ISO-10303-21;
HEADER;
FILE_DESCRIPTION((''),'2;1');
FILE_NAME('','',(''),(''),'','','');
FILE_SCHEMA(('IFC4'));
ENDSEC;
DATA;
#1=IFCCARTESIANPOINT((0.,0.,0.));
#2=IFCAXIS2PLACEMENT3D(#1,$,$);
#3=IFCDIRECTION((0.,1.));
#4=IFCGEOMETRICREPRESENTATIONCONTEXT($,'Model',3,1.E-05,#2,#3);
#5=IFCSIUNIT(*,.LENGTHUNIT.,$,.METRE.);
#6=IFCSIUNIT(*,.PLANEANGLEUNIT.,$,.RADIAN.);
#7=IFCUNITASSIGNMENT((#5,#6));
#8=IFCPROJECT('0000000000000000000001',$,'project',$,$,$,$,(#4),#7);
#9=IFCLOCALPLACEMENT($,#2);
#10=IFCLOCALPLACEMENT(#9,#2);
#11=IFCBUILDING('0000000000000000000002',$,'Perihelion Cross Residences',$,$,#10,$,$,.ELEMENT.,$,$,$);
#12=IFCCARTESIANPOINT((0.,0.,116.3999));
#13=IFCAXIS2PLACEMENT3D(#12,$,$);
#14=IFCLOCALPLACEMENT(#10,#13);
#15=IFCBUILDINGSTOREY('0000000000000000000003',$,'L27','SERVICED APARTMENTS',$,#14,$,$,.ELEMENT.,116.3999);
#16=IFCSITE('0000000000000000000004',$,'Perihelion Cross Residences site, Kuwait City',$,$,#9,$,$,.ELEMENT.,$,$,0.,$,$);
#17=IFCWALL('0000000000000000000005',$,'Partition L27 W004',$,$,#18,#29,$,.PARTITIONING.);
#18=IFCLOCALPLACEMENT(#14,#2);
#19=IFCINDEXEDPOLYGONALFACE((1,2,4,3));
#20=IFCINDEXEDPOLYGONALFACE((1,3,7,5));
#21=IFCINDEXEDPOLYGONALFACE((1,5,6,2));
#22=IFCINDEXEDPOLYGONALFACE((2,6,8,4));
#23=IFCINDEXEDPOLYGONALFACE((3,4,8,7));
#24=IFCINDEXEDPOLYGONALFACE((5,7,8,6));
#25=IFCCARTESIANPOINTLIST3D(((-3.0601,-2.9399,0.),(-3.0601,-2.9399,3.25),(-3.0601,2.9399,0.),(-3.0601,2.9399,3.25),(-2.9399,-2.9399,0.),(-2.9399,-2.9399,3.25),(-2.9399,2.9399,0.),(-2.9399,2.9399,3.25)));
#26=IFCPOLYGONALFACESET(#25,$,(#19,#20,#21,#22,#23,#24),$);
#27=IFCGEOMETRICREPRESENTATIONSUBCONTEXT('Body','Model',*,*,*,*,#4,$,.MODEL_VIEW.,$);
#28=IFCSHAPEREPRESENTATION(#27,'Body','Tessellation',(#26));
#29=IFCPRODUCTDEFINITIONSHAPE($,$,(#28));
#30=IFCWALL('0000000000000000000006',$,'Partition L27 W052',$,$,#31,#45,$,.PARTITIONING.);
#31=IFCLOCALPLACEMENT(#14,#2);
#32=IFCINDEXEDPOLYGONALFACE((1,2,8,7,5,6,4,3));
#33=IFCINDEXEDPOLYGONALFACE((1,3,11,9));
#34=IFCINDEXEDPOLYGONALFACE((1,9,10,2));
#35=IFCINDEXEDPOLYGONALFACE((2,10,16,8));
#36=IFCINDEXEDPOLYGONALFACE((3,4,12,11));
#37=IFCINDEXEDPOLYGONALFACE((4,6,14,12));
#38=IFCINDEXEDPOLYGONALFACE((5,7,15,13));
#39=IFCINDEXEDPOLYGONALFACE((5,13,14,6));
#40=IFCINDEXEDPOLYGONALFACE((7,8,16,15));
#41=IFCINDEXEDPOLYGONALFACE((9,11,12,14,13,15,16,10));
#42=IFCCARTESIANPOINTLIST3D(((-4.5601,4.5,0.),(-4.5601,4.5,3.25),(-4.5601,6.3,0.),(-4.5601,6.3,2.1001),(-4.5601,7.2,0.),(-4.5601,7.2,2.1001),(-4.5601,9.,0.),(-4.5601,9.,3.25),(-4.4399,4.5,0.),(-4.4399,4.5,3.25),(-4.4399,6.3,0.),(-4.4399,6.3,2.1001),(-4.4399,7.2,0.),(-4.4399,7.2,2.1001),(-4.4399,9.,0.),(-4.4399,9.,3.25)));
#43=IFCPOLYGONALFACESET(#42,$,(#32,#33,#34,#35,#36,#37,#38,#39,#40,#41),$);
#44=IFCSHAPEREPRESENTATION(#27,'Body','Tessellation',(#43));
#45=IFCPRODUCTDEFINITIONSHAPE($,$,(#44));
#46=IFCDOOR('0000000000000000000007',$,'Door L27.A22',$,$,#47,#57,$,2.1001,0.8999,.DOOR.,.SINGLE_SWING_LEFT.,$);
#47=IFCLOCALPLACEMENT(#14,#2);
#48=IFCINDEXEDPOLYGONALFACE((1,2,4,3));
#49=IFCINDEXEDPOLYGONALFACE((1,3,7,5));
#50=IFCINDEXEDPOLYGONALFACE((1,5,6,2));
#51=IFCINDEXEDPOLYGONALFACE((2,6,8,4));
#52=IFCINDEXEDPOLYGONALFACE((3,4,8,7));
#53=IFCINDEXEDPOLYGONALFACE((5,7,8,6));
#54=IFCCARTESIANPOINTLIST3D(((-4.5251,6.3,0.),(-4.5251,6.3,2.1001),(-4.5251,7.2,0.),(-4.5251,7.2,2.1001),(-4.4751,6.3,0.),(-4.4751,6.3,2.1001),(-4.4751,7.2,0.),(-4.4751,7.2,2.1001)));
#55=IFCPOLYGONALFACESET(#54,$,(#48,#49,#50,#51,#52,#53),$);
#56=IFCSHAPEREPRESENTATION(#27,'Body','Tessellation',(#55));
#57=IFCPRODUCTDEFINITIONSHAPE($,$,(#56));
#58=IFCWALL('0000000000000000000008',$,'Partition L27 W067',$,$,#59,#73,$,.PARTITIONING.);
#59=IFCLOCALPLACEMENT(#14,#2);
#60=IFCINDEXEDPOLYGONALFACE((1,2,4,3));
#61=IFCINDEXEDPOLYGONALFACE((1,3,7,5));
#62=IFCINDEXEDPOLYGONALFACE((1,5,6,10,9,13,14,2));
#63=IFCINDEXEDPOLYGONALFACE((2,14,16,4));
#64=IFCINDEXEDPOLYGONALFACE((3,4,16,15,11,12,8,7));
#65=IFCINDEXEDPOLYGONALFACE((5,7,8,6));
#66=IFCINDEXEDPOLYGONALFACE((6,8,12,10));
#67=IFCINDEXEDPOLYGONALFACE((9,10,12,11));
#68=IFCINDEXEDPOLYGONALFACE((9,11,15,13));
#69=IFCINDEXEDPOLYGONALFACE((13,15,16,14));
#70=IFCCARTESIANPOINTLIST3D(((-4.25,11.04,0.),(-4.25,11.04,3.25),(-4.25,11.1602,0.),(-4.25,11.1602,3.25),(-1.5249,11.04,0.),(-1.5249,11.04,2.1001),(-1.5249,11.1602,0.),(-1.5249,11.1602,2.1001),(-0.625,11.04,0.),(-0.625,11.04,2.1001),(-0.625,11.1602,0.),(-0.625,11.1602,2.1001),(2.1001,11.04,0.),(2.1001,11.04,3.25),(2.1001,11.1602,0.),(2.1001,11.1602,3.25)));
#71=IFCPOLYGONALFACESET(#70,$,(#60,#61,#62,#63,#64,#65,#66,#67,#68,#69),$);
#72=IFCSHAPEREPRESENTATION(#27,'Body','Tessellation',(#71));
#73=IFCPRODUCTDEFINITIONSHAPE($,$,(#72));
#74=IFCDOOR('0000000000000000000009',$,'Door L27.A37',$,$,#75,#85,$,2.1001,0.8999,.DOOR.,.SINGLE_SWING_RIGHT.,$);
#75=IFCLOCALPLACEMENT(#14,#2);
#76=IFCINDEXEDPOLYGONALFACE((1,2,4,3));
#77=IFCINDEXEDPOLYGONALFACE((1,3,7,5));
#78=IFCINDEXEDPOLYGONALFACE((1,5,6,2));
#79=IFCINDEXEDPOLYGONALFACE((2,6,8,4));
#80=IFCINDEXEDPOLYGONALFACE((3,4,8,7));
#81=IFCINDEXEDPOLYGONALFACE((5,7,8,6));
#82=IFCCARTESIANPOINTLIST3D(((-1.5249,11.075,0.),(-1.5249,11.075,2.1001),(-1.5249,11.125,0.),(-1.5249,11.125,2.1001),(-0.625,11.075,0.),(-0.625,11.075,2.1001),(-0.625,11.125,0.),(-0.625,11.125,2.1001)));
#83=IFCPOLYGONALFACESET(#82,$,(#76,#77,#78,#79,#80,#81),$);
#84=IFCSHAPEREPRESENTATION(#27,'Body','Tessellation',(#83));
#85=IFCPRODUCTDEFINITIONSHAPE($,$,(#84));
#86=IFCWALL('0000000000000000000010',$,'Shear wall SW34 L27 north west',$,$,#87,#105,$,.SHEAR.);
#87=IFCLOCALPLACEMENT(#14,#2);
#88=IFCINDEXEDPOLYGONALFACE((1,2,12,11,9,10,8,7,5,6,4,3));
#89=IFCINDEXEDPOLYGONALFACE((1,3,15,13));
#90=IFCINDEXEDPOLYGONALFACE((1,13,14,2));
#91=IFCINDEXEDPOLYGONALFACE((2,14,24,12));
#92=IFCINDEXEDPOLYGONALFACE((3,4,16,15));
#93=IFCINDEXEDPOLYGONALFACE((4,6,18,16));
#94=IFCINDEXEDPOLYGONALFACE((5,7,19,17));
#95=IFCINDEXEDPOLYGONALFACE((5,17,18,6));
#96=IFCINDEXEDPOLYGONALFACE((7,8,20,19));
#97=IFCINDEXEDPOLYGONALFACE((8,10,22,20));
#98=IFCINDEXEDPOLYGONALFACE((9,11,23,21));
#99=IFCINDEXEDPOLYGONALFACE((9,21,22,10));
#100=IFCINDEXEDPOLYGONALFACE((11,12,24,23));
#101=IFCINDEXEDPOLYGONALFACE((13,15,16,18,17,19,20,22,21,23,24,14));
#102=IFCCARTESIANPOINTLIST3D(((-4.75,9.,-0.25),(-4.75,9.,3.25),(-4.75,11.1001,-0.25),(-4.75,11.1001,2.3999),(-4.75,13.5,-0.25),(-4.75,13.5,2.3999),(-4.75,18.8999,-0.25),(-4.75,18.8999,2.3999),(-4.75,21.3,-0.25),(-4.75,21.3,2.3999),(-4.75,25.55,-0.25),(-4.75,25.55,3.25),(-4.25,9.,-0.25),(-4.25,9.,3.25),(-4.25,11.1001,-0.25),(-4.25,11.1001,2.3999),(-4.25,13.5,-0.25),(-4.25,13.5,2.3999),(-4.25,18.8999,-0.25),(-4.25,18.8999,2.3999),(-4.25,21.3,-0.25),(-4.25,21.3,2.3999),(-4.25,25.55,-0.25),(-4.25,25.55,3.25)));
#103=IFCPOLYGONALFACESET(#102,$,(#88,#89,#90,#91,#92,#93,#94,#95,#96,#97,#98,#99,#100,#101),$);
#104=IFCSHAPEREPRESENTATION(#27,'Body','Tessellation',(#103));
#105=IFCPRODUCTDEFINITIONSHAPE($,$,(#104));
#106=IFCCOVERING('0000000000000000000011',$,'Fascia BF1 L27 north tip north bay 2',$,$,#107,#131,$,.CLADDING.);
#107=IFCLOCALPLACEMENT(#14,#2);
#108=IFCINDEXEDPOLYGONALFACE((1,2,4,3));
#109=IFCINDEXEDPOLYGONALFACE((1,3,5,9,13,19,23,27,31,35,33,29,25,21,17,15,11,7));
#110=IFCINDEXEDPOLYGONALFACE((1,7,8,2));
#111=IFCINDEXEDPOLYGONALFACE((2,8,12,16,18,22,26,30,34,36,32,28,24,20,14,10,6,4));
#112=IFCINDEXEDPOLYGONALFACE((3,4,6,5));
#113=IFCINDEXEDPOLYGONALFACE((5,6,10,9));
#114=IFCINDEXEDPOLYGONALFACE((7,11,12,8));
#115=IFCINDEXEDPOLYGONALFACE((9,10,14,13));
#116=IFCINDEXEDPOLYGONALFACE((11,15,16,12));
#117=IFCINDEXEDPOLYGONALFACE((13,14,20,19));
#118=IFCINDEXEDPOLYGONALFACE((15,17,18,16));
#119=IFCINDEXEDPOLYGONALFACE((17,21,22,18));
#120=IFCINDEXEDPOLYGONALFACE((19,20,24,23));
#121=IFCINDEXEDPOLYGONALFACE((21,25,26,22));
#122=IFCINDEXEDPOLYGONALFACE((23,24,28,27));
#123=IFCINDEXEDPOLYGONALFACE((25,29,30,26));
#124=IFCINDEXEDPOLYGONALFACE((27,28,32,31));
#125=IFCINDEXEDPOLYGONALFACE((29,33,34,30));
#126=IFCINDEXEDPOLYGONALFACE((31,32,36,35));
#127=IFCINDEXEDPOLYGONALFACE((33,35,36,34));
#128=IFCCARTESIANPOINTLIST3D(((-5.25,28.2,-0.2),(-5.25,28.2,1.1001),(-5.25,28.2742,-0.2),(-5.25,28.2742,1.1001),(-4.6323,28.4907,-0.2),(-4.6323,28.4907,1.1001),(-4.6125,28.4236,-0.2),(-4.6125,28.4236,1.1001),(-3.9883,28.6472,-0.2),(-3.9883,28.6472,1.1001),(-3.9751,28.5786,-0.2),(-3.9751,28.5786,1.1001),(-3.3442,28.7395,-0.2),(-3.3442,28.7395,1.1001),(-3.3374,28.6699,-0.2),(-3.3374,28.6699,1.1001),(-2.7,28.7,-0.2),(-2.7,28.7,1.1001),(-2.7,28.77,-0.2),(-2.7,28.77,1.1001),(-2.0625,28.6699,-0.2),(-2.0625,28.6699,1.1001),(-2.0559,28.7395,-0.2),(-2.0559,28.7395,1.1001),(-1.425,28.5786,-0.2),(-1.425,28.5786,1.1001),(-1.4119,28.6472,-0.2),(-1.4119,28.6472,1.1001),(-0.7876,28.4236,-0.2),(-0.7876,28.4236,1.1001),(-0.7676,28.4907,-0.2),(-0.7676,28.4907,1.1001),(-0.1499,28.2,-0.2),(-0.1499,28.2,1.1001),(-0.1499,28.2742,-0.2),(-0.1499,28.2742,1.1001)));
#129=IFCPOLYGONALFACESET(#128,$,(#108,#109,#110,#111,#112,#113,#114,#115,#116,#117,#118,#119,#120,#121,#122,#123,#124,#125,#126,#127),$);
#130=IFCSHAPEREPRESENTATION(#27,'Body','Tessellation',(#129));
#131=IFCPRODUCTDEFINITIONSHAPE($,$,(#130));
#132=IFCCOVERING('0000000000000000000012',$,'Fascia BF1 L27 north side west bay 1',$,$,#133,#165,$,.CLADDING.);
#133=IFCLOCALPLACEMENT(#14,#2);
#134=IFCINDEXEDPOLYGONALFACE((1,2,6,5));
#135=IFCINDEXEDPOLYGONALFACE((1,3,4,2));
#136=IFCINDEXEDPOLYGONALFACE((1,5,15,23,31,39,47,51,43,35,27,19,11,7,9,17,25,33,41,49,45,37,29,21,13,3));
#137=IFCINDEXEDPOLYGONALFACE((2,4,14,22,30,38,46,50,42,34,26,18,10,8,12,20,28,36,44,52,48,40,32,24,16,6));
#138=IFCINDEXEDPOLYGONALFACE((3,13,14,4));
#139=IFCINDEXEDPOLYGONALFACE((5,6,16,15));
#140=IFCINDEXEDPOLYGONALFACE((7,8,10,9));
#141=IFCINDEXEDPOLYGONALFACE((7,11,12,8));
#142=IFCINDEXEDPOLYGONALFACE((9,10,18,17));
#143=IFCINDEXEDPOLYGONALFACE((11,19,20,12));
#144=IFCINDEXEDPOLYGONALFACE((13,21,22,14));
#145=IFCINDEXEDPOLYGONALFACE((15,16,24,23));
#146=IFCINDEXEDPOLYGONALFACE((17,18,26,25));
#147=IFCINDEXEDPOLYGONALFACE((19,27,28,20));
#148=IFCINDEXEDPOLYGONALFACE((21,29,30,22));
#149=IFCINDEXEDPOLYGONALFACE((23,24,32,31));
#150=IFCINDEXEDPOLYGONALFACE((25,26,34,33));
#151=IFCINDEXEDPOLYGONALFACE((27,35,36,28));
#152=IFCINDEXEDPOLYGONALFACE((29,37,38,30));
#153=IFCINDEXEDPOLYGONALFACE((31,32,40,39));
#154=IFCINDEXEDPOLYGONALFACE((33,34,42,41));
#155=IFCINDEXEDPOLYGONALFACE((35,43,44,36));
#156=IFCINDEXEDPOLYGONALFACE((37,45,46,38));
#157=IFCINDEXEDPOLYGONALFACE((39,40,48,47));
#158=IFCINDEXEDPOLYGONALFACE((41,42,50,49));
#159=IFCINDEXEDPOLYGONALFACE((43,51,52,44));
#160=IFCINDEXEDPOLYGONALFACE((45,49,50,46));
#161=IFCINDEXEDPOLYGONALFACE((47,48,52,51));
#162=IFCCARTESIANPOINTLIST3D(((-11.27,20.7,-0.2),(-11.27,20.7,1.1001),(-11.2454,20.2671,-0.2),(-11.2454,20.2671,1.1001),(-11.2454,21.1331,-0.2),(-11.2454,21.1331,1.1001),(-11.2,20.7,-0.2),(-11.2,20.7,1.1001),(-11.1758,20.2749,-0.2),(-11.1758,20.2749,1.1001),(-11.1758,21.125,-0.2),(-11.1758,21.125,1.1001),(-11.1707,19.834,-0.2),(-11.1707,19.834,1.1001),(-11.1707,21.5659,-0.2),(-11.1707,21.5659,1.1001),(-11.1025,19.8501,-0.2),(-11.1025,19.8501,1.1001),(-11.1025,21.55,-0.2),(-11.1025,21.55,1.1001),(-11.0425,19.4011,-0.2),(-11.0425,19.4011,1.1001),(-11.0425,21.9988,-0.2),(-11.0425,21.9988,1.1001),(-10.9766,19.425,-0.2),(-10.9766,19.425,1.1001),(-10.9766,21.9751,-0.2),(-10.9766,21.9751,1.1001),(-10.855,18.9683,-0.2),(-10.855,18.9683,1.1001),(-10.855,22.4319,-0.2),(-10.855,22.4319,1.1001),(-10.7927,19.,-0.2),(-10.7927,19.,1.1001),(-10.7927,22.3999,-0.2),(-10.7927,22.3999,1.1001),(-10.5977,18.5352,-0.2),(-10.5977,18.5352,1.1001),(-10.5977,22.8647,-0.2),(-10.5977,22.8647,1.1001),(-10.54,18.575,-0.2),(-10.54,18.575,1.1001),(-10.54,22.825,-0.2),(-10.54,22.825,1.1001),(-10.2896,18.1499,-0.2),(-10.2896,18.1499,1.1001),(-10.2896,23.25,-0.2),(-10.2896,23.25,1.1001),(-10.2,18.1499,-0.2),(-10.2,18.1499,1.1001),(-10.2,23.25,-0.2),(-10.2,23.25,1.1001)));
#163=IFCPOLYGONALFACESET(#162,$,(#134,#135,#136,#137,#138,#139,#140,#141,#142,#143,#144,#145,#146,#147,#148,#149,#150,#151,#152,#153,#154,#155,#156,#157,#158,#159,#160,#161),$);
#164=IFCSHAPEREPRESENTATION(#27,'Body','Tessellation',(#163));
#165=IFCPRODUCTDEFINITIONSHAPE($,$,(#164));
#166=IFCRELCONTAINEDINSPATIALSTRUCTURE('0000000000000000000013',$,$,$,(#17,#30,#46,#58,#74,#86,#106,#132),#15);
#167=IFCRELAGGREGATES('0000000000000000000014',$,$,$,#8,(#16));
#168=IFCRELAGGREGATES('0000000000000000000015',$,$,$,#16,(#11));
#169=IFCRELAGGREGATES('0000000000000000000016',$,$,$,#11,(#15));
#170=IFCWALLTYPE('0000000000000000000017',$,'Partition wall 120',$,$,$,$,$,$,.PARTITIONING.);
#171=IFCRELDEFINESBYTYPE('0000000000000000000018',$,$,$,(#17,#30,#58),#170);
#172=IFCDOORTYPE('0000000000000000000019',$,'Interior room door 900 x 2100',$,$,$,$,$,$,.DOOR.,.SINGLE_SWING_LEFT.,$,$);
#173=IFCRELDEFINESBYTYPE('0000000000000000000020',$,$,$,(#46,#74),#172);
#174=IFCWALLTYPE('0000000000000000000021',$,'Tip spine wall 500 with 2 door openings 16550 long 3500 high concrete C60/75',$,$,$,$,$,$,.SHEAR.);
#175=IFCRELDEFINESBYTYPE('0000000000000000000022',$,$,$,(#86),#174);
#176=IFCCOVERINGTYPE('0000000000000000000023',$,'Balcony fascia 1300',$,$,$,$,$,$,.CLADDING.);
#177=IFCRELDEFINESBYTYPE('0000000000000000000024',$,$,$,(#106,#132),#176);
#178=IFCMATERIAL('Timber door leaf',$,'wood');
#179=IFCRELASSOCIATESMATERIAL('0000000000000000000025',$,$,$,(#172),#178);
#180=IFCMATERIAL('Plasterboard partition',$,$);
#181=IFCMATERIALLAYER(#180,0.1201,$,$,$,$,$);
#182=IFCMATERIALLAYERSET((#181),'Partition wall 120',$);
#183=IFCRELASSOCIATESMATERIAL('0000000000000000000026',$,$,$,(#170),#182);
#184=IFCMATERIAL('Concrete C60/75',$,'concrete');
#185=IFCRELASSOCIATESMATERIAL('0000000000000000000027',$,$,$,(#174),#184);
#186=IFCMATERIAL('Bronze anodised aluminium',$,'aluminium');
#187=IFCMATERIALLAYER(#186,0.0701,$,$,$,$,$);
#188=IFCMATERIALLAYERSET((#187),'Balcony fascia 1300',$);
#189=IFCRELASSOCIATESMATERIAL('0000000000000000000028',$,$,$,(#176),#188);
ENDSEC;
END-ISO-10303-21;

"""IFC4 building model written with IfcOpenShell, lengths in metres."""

from ifc_helpers import new_model, si_unit, direction, frame, frame_2d, origin, place, context, subcontext, project, spatial, polyline, rectangle, outline, extrude, material, layer, layer_set, material_profile, profile_set, type_object, element, fill, save


model = new_model("IFC4")

# Units and contexts
model_context = context("Model", 3, precision=1e-05, world=origin(), true_north=direction((0.0, 1.0)))
body_context = subcontext(model_context, "Body", "Model", "MODEL_VIEW")
ifc_project = project(units=[si_unit("LENGTHUNIT", "METRE"), si_unit("PLANEANGLEUNIT", "RADIAN")], contexts=[model_context])

# Site, building, storey
site_placement = place(None, origin())
site = spatial("IfcSite", under=ifc_project, at=site_placement, Name="Perihelion Cross Residences site, Kuwait City", CompositionType="ELEMENT", RefElevation=0.0)
building_placement = place(site_placement, origin())
building = spatial("IfcBuilding", under=site, at=building_placement, Name="Perihelion Cross Residences", CompositionType="ELEMENT")
storey_placement = place(building_placement, frame((0.0, 0.0, 116.3999)))
storey = spatial("IfcBuildingStorey", under=building, at=storey_placement, Name="L27", Description="SERVICED APARTMENTS", CompositionType="ELEMENT", Elevation=116.3999)

# Shared definitions
ifc_material_1 = material(Name="Timber door leaf", Category="wood")
door_type_1 = type_object("IfcDoorType", Name="Interior room door 900 x 2100", OperationType="SINGLE_SWING_LEFT", PredefinedType="DOOR", material=ifc_material_1)

# Wall
ifc_material_2 = material(Name="Plasterboard partition")
ifc_layer_1 = layer(ifc_material_2, 0.1201)
ifc_layer_set_1 = layer_set([ifc_layer_1], Name="Partition wall 120")
wall_type_1 = type_object("IfcWallType", Name="Partition wall 120", PredefinedType="PARTITIONING", material=ifc_layer_set_1)
wall_1_placement = place(storey_placement, frame((-3.0, 2.9399, 0.0), z_axis=(0.0, 0.0, 1.0), x_axis=(0.0, -1.0, 0.0)))
element("IfcWall", 1, at=wall_1_placement, inside=storey, type_object=wall_type_1, Name="Partition L27 W004", PredefinedType="PARTITIONING", context=body_context, shape_type="SweptSolid", body=[
    extrude(rectangle(XDim=5.8799, YDim=0.1201, at=frame_2d((2.9399, 0.0))), origin(), (0.0, 0.0, 1.0), 3.25),
])

# Walls, openings, doors
wall_2_placement = place(storey_placement, frame((-4.5, 9.0, 0.0), z_axis=(0.0, 0.0, 1.0), x_axis=(0.0, -1.0, 0.0)))
wall_2 = element("IfcWall", 2, at=wall_2_placement, inside=storey, type_object=wall_type_1, Name="Partition L27 W052", PredefinedType="PARTITIONING", context=body_context, shape_type="SweptSolid", body=[
    extrude(rectangle(XDim=4.5, YDim=0.1201, at=frame_2d((2.25, 0.0))), origin(), (0.0, 0.0, 1.0), 3.25),
])
opening_1_placement = place(wall_2_placement, frame((1.8, 0.0, 0.0)))
opening_1 = element("IfcOpeningElement", 3, at=opening_1_placement, cuts=wall_2, PredefinedType="OPENING", context=body_context, shape_type="SweptSolid", body=[
    extrude(rectangle(XDim=0.8999, YDim=2.1001, at=frame_2d((0.45, 1.05))), frame((0.0, 0.0701, 0.0), z_axis=(0.0, -1.0, 0.0), x_axis=(1.0, 0.0, 0.0)), (0.0, 0.0, 1.0), 0.1401),
])
door_1_placement = place(opening_1_placement, origin())
door_1 = element("IfcDoor", 4, at=door_1_placement, inside=storey, type_object=door_type_1, Name="Door L27.A22", OperationType="SINGLE_SWING_LEFT", OverallHeight=2.1001, OverallWidth=0.8999, PredefinedType="DOOR", context=body_context, shape_type="SweptSolid", body=[
    extrude(rectangle(XDim=0.8999, YDim=2.1001, at=frame_2d((0.45, 1.05))), frame((0.0, 0.0249, 0.0), z_axis=(0.0, -1.0, 0.0), x_axis=(1.0, 0.0, 0.0)), (0.0, 0.0, 1.0), 0.05),
])
fill(opening_1, door_1)
wall_3_placement = place(storey_placement, frame((-4.25, 11.1001, 0.0), z_axis=(0.0, 0.0, 1.0), x_axis=(1.0, 0.0, 0.0)))
wall_3 = element("IfcWall", 5, at=wall_3_placement, inside=storey, type_object=wall_type_1, Name="Partition L27 W067", PredefinedType="PARTITIONING", context=body_context, shape_type="SweptSolid", body=[
    extrude(rectangle(XDim=6.3501, YDim=0.1201, at=frame_2d((3.175, 0.0))), origin(), (0.0, 0.0, 1.0), 3.25),
])
opening_2_placement = place(wall_3_placement, frame((2.7251, 0.0, 0.0)))
opening_2 = element("IfcOpeningElement", 6, at=opening_2_placement, cuts=wall_3, PredefinedType="OPENING", context=body_context, shape_type="SweptSolid", body=[
    extrude(rectangle(XDim=0.8999, YDim=2.1001, at=frame_2d((0.45, 1.05))), frame((0.0, 0.0701, 0.0), z_axis=(0.0, -1.0, 0.0), x_axis=(1.0, 0.0, 0.0)), (0.0, 0.0, 1.0), 0.1401),
])
door_2_placement = place(opening_2_placement, origin())
door_2 = element("IfcDoor", 7, at=door_2_placement, inside=storey, type_object=door_type_1, Name="Door L27.A37", OperationType="SINGLE_SWING_RIGHT", OverallHeight=2.1001, OverallWidth=0.8999, PredefinedType="DOOR", context=body_context, shape_type="SweptSolid", body=[
    extrude(rectangle(XDim=0.8999, YDim=2.1001, at=frame_2d((0.45, 1.05))), frame((0.0, 0.0249, 0.0), z_axis=(0.0, -1.0, 0.0), x_axis=(1.0, 0.0, 0.0)), (0.0, 0.0, 1.0), 0.05),
])
fill(opening_2, door_2)

# Wall
ifc_material_3 = material(Name="Concrete C60/75", Category="concrete")
ifc_material_profile_1 = material_profile(ifc_material_3, outline(polyline([(0.0, 0.0), (2.1001, 0.0), (2.1001, 2.6499), (4.5, 2.6499), (4.5, 0.0), (9.8999, 0.0), (9.8999, 2.6499), (12.3, 2.6499), (12.3, 0.0), (16.55, 0.0), (16.55, 3.5), (0.0, 3.5), (0.0, 0.0)])), Name="Tip spine wall")
ifc_profile_set_1 = profile_set([ifc_material_profile_1], Name="Concrete C60/75")
wall_type_2 = type_object("IfcWallType", Name="Tip spine wall 500 with 2 door openings 16550 long 3500 high concrete C60/75", PredefinedType="SHEAR", material=ifc_profile_set_1)
wall_4_placement = place(storey_placement, frame((-4.75, 9.0, -0.25), z_axis=(1.0, 0.0, 0.0), x_axis=(0.0, 1.0, 0.0)))
element("IfcWall", 8, at=wall_4_placement, inside=storey, type_object=wall_type_2, Name="Shear wall SW34 L27 north west", PredefinedType="SHEAR", context=body_context, shape_type="SweptSolid", body=[
    extrude(outline(polyline([(0.0, 0.0), (2.1001, 0.0), (2.1001, 2.6499), (4.5, 2.6499), (4.5, 0.0), (9.8999, 0.0), (9.8999, 2.6499), (12.3, 2.6499), (12.3, 0.0), (16.55, 0.0), (16.55, 3.5), (0.0, 3.5), (0.0, 0.0)])), origin(), (0.0, 0.0, 1.0), 0.5),
])

# Coverings
ifc_material_4 = material(Name="Bronze anodised aluminium", Category="aluminium")
ifc_layer_2 = layer(ifc_material_4, 0.0701)
ifc_layer_set_2 = layer_set([ifc_layer_2], Name="Balcony fascia 1300")
covering_type = type_object("IfcCoveringType", Name="Balcony fascia 1300", PredefinedType="CLADDING", material=ifc_layer_set_2)
covering_1_placement = place(storey_placement, frame((0.0, 0.0, -0.2)))
element("IfcCovering", 9, at=covering_1_placement, inside=storey, type_object=covering_type, Name="Fascia BF1 L27 north tip north bay 2", PredefinedType="CLADDING", context=body_context, shape_type="SweptSolid", body=[
    extrude(outline(polyline([(-0.7676, 28.4907), (-1.4119, 28.6472), (-2.0559, 28.7395), (-2.7, 28.77), (-3.3442, 28.7395), (-3.9883, 28.6472), (-4.6323, 28.4907), (-5.25, 28.2742), (-5.25, 28.2), (-4.6125, 28.4236), (-3.9751, 28.5786), (-3.3374, 28.6699), (-2.7, 28.7), (-2.0625, 28.6699), (-1.425, 28.5786), (-0.7876, 28.4236), (-0.1499, 28.2), (-0.1499, 28.2742), (-0.7676, 28.4907)])), origin(), (0.0, 0.0, 1.0), 1.3),
])
covering_2_placement = place(storey_placement, frame((0.0, 0.0, -0.2)))
element("IfcCovering", 10, at=covering_2_placement, inside=storey, type_object=covering_type, Name="Fascia BF1 L27 north side west bay 1", PredefinedType="CLADDING", context=body_context, shape_type="SweptSolid", body=[
    extrude(outline(polyline([(-10.5977, 22.8647), (-10.855, 22.4319), (-11.0425, 21.9988), (-11.1707, 21.5659), (-11.2454, 21.1331), (-11.27, 20.7), (-11.2454, 20.2671), (-11.1707, 19.834), (-11.0425, 19.4011), (-10.855, 18.9683), (-10.5977, 18.5352), (-10.2896, 18.1499), (-10.2, 18.1499), (-10.54, 18.575), (-10.7927, 19.0), (-10.9766, 19.425), (-11.1025, 19.8501), (-11.1758, 20.2749), (-11.2, 20.7), (-11.1758, 21.125), (-11.1025, 21.55), (-10.9766, 21.9751), (-10.7927, 22.3999), (-10.54, 22.825), (-10.2, 23.25), (-10.2896, 23.25), (-10.5977, 22.8647)])), origin(), (0.0, 0.0, 1.0), 1.3),
])

save(model, "model.ifc")
